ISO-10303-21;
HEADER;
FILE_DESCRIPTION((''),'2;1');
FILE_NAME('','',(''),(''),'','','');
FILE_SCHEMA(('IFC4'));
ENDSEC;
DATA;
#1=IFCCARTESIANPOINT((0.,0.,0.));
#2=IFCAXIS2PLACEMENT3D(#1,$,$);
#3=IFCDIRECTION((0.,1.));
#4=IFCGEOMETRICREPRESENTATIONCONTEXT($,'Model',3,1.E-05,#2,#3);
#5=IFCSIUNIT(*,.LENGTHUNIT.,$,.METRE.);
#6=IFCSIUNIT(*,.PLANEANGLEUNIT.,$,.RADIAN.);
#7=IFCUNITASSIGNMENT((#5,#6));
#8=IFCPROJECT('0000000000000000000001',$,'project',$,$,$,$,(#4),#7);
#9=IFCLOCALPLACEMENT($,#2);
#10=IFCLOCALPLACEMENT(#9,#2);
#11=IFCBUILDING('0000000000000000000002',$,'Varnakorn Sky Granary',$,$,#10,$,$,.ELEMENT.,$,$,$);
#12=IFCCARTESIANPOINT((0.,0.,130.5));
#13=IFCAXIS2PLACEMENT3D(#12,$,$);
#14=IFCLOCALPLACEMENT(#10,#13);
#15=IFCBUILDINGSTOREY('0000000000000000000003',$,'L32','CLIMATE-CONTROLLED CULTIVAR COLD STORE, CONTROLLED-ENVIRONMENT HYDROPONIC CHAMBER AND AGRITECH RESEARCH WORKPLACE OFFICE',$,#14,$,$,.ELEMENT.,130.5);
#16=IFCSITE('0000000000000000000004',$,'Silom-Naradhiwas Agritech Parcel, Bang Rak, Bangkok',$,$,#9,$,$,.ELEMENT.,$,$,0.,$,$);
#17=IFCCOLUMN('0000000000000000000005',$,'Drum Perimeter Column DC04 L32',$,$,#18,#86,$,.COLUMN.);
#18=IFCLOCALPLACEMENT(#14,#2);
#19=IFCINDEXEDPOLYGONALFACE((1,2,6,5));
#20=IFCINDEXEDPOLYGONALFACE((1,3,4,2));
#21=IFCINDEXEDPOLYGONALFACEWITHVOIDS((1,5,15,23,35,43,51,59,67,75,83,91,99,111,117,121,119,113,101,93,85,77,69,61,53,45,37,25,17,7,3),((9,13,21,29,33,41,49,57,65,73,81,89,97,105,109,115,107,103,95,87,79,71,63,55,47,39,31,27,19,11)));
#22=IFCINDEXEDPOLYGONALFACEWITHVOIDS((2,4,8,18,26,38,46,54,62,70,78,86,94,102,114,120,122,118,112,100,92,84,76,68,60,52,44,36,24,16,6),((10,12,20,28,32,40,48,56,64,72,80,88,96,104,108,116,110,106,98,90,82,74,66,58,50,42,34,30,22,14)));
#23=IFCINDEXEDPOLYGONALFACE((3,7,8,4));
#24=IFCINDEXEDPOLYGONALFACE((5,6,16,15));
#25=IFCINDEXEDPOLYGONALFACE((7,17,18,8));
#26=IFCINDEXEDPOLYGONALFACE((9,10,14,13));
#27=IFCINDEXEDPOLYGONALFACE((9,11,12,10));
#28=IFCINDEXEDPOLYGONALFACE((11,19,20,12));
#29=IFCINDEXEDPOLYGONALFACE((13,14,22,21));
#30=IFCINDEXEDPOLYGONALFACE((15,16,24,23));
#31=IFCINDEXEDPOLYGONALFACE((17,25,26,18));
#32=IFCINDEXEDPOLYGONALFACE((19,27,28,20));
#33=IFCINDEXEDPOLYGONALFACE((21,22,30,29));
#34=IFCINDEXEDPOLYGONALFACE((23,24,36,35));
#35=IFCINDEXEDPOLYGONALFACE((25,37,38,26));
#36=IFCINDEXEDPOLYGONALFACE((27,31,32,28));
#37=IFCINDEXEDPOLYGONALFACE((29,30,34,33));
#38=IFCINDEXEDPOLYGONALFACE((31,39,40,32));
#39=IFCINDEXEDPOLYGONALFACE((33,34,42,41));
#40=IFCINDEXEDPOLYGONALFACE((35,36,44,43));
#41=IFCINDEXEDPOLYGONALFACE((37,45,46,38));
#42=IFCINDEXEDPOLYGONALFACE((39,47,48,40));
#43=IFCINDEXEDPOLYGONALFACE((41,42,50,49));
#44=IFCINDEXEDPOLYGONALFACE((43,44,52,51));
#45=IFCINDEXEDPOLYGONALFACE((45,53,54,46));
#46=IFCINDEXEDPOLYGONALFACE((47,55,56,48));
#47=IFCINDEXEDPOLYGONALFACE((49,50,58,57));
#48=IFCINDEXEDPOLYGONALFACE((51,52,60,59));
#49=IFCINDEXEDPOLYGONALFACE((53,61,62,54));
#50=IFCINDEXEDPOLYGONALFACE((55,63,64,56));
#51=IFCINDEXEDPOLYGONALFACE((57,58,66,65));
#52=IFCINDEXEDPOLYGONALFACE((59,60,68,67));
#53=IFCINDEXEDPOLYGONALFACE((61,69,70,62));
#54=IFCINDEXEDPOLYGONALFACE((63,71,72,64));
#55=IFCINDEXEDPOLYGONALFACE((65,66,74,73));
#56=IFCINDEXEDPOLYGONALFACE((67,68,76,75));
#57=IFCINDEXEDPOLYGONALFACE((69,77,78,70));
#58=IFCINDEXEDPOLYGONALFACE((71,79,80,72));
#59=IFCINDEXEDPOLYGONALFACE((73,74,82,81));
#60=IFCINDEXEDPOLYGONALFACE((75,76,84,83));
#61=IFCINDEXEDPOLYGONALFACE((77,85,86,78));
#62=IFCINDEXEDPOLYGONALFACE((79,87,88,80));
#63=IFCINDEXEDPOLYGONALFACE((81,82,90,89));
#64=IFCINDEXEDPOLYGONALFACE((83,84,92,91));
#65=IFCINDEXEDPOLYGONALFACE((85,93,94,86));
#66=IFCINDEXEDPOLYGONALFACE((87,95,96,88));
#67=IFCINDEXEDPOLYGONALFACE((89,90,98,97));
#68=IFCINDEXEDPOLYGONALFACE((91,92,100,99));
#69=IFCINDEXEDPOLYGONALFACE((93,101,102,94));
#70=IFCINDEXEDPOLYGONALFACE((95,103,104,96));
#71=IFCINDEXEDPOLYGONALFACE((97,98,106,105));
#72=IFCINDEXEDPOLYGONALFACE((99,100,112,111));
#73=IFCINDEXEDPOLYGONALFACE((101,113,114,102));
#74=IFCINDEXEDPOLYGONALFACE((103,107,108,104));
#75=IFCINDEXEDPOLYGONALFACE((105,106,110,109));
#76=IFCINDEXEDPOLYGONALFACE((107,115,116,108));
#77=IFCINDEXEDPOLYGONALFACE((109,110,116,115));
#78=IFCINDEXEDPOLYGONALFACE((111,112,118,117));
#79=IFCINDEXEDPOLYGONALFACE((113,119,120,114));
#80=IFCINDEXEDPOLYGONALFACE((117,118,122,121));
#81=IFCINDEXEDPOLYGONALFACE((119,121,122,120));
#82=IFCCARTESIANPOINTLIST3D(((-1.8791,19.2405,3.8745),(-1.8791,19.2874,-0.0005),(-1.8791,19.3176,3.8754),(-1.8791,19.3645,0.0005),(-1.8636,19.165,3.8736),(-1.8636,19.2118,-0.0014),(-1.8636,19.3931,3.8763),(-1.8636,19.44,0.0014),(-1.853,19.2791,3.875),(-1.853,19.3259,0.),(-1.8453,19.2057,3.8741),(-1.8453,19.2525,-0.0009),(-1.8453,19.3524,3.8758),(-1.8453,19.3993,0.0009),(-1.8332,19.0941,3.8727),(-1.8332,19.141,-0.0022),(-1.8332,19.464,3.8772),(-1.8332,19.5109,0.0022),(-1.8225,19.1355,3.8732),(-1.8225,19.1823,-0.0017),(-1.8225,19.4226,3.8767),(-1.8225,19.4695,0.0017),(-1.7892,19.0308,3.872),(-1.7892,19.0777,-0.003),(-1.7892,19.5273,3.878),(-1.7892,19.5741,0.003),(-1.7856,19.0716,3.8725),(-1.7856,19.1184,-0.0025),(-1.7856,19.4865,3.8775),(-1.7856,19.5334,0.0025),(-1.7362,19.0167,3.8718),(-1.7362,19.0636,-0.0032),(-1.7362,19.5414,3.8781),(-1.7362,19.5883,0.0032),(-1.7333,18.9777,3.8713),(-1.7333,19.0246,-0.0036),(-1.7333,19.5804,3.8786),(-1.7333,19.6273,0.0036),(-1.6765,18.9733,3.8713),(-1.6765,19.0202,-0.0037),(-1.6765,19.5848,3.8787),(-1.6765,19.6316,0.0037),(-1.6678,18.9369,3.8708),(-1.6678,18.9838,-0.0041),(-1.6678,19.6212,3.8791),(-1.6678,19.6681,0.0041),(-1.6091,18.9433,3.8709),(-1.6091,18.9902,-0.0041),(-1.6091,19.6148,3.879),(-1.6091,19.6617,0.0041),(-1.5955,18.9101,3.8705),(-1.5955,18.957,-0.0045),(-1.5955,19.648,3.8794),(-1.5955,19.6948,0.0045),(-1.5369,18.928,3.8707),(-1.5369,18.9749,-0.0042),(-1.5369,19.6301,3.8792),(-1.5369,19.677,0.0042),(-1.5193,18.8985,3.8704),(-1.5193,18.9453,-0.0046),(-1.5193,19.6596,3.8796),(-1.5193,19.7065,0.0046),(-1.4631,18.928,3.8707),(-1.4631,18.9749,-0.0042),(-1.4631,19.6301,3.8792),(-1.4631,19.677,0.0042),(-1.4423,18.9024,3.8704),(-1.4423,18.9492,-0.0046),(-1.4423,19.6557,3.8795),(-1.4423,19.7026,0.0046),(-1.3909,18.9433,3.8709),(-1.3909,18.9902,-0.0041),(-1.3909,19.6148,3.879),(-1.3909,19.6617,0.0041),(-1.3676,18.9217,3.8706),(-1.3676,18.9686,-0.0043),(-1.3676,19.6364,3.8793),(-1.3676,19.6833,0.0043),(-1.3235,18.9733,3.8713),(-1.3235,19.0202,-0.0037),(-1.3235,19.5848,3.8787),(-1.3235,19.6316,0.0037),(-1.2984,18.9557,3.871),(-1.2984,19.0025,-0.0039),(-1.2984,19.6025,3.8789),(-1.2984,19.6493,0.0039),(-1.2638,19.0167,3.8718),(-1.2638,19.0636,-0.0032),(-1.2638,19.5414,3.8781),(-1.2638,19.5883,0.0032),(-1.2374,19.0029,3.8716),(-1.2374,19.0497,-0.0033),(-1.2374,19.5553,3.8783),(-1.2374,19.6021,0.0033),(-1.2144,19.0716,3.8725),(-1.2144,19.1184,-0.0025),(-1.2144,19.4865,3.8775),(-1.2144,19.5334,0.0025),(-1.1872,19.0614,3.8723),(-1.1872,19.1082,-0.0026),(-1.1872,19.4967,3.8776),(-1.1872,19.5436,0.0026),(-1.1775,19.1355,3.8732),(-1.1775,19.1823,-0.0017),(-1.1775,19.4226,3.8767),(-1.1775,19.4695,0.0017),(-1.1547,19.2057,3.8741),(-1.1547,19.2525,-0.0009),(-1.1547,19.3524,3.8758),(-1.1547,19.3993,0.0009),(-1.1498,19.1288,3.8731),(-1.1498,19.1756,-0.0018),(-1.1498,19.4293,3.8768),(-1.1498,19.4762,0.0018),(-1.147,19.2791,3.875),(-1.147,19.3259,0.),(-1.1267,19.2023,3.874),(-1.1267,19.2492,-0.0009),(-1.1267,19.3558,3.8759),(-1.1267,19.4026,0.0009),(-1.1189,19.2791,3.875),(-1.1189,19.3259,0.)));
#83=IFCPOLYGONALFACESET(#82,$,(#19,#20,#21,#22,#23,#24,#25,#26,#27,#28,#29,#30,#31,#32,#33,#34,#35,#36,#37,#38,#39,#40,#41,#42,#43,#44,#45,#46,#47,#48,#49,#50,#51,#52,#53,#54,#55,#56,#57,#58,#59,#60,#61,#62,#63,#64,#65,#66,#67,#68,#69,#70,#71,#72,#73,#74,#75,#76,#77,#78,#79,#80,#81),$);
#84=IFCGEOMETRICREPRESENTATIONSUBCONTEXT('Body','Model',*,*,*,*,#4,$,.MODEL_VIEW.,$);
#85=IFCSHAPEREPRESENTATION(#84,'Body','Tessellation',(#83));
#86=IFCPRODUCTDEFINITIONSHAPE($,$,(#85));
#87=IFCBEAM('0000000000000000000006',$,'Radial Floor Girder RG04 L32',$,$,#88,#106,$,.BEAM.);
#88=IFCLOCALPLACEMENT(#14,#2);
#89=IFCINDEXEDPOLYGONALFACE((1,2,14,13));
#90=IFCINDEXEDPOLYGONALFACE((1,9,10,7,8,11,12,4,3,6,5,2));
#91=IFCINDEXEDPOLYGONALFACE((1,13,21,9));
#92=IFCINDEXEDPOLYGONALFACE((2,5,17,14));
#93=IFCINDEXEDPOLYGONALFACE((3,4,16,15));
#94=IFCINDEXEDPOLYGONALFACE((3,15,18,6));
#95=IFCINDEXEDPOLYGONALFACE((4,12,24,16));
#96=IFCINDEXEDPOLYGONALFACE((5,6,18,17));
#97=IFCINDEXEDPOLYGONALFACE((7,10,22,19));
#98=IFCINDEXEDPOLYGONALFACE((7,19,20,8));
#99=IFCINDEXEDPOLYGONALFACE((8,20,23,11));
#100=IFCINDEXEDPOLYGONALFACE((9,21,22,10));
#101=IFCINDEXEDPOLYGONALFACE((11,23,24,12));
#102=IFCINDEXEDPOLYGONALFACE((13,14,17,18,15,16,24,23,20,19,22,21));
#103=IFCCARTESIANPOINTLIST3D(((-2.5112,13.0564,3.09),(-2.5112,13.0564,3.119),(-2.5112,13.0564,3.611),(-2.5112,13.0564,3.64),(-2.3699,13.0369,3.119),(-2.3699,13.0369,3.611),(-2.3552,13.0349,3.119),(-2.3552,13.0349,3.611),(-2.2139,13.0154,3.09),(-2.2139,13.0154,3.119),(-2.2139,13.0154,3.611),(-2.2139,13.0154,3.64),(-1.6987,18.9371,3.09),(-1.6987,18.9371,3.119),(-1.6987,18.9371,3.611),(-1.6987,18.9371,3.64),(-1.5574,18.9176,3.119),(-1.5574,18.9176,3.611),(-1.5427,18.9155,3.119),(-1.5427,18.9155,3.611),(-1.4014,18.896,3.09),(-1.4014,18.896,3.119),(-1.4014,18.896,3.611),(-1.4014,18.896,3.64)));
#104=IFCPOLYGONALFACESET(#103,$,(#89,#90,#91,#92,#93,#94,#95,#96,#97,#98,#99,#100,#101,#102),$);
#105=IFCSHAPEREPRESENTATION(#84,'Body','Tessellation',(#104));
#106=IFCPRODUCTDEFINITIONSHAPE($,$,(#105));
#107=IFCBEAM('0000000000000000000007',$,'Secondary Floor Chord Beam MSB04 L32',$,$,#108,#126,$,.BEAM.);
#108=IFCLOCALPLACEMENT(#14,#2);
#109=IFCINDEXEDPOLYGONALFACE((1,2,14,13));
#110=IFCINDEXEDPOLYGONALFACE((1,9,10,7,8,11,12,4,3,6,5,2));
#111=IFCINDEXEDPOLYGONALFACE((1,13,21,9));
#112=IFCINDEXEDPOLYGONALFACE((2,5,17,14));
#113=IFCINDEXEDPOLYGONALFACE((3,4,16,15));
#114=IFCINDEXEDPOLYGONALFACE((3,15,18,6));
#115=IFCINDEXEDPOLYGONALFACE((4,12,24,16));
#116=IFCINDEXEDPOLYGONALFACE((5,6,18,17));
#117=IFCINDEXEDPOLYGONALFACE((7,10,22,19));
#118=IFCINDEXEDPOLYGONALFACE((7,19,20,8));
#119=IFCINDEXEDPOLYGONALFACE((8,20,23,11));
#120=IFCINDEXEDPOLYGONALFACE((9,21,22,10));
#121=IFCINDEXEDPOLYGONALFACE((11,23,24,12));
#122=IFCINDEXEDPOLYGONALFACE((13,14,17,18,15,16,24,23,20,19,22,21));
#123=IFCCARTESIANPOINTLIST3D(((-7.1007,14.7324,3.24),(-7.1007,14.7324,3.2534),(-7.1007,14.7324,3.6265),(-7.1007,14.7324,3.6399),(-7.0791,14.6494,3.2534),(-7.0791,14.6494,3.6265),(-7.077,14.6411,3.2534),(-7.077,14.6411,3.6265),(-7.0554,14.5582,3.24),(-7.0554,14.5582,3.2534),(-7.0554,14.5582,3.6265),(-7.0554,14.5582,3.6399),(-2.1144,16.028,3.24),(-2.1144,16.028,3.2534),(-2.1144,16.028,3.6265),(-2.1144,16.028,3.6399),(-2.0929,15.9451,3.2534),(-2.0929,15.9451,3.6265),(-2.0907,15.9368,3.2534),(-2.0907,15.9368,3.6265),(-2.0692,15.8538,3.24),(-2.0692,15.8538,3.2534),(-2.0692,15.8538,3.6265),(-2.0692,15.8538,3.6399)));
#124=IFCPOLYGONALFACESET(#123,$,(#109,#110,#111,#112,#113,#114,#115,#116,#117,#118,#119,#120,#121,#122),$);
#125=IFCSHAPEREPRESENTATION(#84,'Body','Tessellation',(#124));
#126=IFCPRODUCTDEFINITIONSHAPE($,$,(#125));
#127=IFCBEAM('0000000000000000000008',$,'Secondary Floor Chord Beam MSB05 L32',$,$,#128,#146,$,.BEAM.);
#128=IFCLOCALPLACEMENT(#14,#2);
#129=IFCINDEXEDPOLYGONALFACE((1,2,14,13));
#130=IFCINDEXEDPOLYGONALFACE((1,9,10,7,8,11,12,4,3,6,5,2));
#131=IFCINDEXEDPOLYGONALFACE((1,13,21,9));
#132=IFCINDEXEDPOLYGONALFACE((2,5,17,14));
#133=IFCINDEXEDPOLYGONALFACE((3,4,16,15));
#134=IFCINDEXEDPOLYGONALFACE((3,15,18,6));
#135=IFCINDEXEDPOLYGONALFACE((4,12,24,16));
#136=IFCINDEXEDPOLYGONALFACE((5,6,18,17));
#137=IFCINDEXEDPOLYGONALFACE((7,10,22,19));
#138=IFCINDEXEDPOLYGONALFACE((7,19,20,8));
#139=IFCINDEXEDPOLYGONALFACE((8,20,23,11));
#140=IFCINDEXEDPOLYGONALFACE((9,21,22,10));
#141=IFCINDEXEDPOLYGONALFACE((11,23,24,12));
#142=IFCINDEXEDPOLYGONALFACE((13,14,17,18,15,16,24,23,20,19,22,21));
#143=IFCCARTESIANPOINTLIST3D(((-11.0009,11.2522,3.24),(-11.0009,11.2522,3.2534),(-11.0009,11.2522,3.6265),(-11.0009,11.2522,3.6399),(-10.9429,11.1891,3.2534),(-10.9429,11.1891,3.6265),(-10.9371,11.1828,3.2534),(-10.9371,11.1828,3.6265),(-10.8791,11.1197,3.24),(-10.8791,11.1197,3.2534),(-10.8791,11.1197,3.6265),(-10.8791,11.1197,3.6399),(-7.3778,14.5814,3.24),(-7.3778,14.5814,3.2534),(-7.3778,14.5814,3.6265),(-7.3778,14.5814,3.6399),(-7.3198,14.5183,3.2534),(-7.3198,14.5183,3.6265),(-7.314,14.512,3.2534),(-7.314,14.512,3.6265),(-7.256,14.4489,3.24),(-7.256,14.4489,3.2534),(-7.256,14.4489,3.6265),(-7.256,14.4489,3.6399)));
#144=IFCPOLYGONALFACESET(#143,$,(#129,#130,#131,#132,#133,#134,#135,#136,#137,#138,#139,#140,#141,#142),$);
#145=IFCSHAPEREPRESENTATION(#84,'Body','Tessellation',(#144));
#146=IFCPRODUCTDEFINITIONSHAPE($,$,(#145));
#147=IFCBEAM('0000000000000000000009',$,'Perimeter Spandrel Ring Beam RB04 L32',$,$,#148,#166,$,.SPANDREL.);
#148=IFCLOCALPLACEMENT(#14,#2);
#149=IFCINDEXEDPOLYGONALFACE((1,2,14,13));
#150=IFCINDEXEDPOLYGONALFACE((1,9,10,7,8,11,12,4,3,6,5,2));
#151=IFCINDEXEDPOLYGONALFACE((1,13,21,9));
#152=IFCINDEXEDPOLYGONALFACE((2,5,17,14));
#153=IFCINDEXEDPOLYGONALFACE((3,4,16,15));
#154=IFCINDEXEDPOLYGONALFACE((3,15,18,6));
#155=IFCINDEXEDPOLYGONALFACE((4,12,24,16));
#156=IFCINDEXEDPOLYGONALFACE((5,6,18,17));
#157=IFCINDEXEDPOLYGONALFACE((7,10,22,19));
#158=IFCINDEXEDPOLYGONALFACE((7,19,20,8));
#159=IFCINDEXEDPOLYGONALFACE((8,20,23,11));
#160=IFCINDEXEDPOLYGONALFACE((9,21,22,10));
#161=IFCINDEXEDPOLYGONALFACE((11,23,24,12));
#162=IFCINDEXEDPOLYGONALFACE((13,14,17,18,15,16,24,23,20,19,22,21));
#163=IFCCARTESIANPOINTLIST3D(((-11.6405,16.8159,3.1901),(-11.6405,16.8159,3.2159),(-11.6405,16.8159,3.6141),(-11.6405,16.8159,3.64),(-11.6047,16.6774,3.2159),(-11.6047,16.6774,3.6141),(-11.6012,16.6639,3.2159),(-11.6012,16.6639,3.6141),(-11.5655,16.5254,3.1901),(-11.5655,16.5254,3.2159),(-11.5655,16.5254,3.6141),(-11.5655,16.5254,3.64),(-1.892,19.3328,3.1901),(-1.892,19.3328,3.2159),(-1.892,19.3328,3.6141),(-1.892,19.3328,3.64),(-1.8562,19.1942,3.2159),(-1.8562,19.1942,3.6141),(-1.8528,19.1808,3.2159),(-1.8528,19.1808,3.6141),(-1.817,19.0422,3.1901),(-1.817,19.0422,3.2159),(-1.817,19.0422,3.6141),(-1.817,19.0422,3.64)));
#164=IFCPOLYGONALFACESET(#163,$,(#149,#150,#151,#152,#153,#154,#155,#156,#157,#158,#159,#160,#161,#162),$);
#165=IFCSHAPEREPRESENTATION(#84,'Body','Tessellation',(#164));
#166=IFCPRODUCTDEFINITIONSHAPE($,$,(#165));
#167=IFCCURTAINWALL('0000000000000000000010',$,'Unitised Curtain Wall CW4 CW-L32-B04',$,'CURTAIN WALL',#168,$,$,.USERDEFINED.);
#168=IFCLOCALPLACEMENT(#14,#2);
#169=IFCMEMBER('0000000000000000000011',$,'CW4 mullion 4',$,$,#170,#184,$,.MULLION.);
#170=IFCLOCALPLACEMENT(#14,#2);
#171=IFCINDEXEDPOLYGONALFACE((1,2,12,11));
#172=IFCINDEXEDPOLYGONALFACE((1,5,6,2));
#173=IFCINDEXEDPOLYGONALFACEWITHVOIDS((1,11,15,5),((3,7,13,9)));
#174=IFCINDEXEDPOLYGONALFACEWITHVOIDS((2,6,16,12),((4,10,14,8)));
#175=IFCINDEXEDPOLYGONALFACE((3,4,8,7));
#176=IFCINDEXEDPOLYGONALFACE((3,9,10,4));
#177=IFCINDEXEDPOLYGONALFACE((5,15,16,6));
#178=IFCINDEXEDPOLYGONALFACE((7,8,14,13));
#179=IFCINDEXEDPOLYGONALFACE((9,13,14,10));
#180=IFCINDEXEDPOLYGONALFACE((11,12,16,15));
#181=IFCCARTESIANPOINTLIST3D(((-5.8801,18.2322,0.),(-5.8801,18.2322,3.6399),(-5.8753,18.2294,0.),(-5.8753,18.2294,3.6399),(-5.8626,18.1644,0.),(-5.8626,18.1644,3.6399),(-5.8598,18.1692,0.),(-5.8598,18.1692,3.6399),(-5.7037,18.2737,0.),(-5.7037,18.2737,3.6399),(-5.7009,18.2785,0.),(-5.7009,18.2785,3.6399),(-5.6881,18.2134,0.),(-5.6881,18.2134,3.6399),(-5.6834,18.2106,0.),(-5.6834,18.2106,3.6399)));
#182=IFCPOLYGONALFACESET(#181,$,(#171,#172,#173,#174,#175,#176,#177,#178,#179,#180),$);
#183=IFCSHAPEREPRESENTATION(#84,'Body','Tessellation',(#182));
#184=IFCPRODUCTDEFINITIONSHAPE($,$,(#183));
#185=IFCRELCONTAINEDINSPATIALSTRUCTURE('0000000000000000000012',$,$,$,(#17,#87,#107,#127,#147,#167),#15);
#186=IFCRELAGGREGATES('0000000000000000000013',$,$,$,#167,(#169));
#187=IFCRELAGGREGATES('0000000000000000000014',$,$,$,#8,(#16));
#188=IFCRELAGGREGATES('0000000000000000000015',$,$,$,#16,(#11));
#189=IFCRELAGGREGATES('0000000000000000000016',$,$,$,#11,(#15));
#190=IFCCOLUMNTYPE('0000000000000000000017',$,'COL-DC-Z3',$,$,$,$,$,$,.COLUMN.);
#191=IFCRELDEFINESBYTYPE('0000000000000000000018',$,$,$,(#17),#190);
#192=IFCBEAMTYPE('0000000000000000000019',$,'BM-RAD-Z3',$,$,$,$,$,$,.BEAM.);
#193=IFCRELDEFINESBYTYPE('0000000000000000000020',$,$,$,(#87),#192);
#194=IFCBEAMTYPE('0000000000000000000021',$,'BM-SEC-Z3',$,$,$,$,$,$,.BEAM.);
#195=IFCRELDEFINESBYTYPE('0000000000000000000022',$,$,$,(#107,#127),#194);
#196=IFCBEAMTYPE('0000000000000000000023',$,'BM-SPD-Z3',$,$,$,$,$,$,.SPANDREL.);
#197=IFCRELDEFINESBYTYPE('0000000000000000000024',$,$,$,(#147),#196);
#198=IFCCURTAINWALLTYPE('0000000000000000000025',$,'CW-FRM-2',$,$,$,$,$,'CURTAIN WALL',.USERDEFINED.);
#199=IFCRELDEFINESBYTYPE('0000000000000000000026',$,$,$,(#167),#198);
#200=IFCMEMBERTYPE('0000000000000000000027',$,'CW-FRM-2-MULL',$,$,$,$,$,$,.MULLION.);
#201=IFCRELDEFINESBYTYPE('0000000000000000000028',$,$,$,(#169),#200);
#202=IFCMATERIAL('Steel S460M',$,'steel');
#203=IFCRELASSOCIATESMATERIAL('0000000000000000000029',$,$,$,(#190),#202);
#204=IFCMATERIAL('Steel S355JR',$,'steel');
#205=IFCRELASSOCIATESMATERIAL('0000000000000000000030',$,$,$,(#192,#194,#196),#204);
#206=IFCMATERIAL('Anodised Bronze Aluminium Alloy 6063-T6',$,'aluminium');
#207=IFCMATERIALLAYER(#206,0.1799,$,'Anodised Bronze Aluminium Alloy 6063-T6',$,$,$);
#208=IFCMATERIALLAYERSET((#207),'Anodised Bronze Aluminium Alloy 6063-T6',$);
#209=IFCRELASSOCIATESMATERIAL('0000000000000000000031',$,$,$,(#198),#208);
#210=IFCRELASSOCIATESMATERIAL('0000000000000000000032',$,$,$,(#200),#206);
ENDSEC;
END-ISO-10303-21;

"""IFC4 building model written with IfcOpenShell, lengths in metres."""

from ifc_helpers import new_model, si_unit, direction, frame, origin, origin_2d, place, context, subcontext, project, spatial, hollow_rectangle, hollow_circle, i_section, extrude, material, layer, layer_set, material_profile, profile_set, type_object, element, aggregate, save


model = new_model("IFC4")

# Units and contexts
model_context = context("Model", 3, precision=1e-05, world=origin(), true_north=direction((0.0, 1.0)))
body_context = subcontext(model_context, "Body", "Model", "MODEL_VIEW")
ifc_project = project(units=[si_unit("LENGTHUNIT", "METRE"), si_unit("PLANEANGLEUNIT", "RADIAN")], contexts=[model_context])

# Site, building, storey
site_placement = place(None, origin())
site = spatial("IfcSite", under=ifc_project, at=site_placement, Name="Silom-Naradhiwas Agritech Parcel, Bang Rak, Bangkok", CompositionType="ELEMENT", RefElevation=0.0)
building_placement = place(site_placement, origin())
building = spatial("IfcBuilding", under=site, at=building_placement, Name="Varnakorn Sky Granary", CompositionType="ELEMENT")
storey_placement = place(building_placement, frame((0.0, 0.0, 130.5)))
storey = spatial("IfcBuildingStorey", under=building, at=storey_placement, Name="L32", Description="CLIMATE-CONTROLLED CULTIVAR COLD STORE, CONTROLLED-ENVIRONMENT HYDROPONIC CHAMBER AND AGRITECH RESEARCH WORKPLACE OFFICE", CompositionType="ELEMENT", Elevation=130.5)

# Column
ifc_material_1 = material(Name="Steel S460M", Category="steel")
ifc_material_profile_1 = material_profile(ifc_material_1, hollow_circle(Radius=0.3811, WallThickness=0.0281, at=origin_2d()), Name="CHS 762x28")
ifc_profile_set_1 = profile_set([ifc_material_profile_1], Name="Steel S460M")
column_type = type_object("IfcColumnType", Name="COL-DC-Z3", PredefinedType="COLUMN", material=ifc_profile_set_1)
column_placement = place(storey_placement, frame((-1.5, 19.3259, 0.0), z_axis=(0.0, -0.012096, 0.999927), x_axis=(1.0, 0.0, 0.0)))
element("IfcColumn", 1, at=column_placement, inside=storey, type_object=column_type, Name="Drum Perimeter Column DC04 L32", PredefinedType="COLUMN", context=body_context, shape_type="SweptSolid", body=[
    extrude(hollow_circle(Radius=0.3811, WallThickness=0.0281, at=origin_2d()), origin(), (0.0, 0.0, 1.0), 3.8752),
])

# Beams
ifc_material_2 = material(Name="Steel S355JR", Category="steel")
ifc_material_profile_2 = material_profile(ifc_material_2, i_section(OverallWidth=0.3, OverallDepth=0.55, WebThickness=0.0149, FlangeThickness=0.0291, at=origin_2d()), Name="HE 550 B")
ifc_profile_set_2 = profile_set([ifc_material_profile_2], Name="Steel S355JR")
beam_type_1 = type_object("IfcBeamType", Name="BM-RAD-Z3", PredefinedType="BEAM", material=ifc_profile_set_2)
beam_1_placement = place(storey_placement, frame((-2.3625, 13.0359, 3.365), z_axis=(0.136866, 0.99059, 0.0), x_axis=(-0.99059, 0.136866, 0.0)))
element("IfcBeam", 2, at=beam_1_placement, inside=storey, type_object=beam_type_1, Name="Radial Floor Girder RG04 L32", PredefinedType="BEAM", context=body_context, shape_type="SweptSolid", body=[
    extrude(i_section(OverallWidth=0.3, OverallDepth=0.55, WebThickness=0.0149, FlangeThickness=0.0291, at=origin_2d()), origin(), (0.0, 0.0, 1.0), 5.9365),
])
ifc_material_profile_3 = material_profile(ifc_material_2, i_section(OverallWidth=0.1799, OverallDepth=0.3999, WebThickness=0.0085, FlangeThickness=0.0134, at=origin_2d()), Name="IPE 400")
ifc_profile_set_3 = profile_set([ifc_material_profile_3], Name="Steel S355JR")
beam_type_2 = type_object("IfcBeamType", Name="BM-SEC-Z3", PredefinedType="BEAM", material=ifc_profile_set_3)
beam_2_placement = place(storey_placement, frame((-2.0918, 15.9409, 3.4399), z_axis=(-0.96786, -0.25149, 0.0), x_axis=(0.25149, -0.96786, 0.0)))
element("IfcBeam", 3, at=beam_2_placement, inside=storey, type_object=beam_type_2, Name="Secondary Floor Chord Beam MSB04 L32", PredefinedType="BEAM", context=body_context, shape_type="SweptSolid", body=[
    extrude(i_section(OverallWidth=0.1799, OverallDepth=0.3999, WebThickness=0.0085, FlangeThickness=0.0134, at=origin_2d()), origin(), (0.0, 0.0, 1.0), 5.1519),
])
beam_3_placement = place(storey_placement, frame((-7.3169, 14.5151, 3.4399), z_axis=(-0.736346, -0.676605, 0.0), x_axis=(0.676605, -0.736346, 0.0)))
element("IfcBeam", 4, at=beam_3_placement, inside=storey, type_object=beam_type_2, Name="Secondary Floor Chord Beam MSB05 L32", PredefinedType="BEAM", context=body_context, shape_type="SweptSolid", body=[
    extrude(i_section(OverallWidth=0.1799, OverallDepth=0.3999, WebThickness=0.0085, FlangeThickness=0.0134, at=origin_2d()), origin(), (0.0, 0.0, 1.0), 4.9204),
])
ifc_material_profile_4 = material_profile(ifc_material_2, i_section(OverallWidth=0.3, OverallDepth=0.45, WebThickness=0.0139, FlangeThickness=0.0259, at=origin_2d()), Name="HE 450 B")
ifc_profile_set_4 = profile_set([ifc_material_profile_4], Name="Steel S355JR")
beam_type_3 = type_object("IfcBeamType", Name="BM-SPD-Z3", PredefinedType="SPANDREL", material=ifc_profile_set_4)
beam_4_placement = place(storey_placement, frame((-1.8545, 19.1875, 3.415), z_axis=(-0.968251, -0.24998, 0.0), x_axis=(0.24998, -0.968251, 0.0)))
element("IfcBeam", 5, at=beam_4_placement, inside=storey, type_object=beam_type_3, Name="Perimeter Spandrel Ring Beam RB04 L32", PredefinedType="SPANDREL", context=body_context, shape_type="SweptSolid", body=[
    extrude(i_section(OverallWidth=0.3, OverallDepth=0.45, WebThickness=0.0139, FlangeThickness=0.0259, at=origin_2d()), origin(), (0.0, 0.0, 1.0), 10.0681),
])

# Curtain wall, member
ifc_material_3 = material(Name="Anodised Bronze Aluminium Alloy 6063-T6", Category="aluminium")
ifc_layer_1 = layer(ifc_material_3, 0.1799, Name="Anodised Bronze Aluminium Alloy 6063-T6")
ifc_layer_set_1 = layer_set([ifc_layer_1], Name="Anodised Bronze Aluminium Alloy 6063-T6")
curtain_wall_type = type_object("IfcCurtainWallType", Name="CW-FRM-2", ElementType="CURTAIN WALL", PredefinedType="USERDEFINED", material=ifc_layer_set_1)
curtain_wall_placement = place(storey_placement, origin())
curtain_wall = element("IfcCurtainWall", 6, at=curtain_wall_placement, inside=storey, type_object=curtain_wall_type, Name="Unitised Curtain Wall CW4 CW-L32-B04", ObjectType="CURTAIN WALL", PredefinedType="USERDEFINED")
ifc_material_profile_5 = material_profile(ifc_material_3, hollow_rectangle(XDim=0.0701, YDim=0.1851, WallThickness=0.0039, at=origin_2d()), Name="ALU MULL 70x185")
ifc_profile_set_5 = profile_set([ifc_material_profile_5], Name="Anodised Bronze Aluminium Alloy 6063-T6")
member_type_1 = type_object("IfcMemberType", Name="CW-FRM-2-MULL", PredefinedType="MULLION", material=ifc_profile_set_5)
member_1_placement = place(storey_placement, frame((-5.7817, 18.2214, 0.0), z_axis=(0.0, 0.0, 1.0), x_axis=(-0.249777, 0.968303, 0.0)))
member_1 = element("IfcMember", 7, at=member_1_placement, type_object=member_type_1, Name="CW4 mullion 4", PredefinedType="MULLION", context=body_context, shape_type="SweptSolid", body=[
    extrude(hollow_rectangle(XDim=0.0701, YDim=0.1851, WallThickness=0.0039, at=origin_2d()), origin(), (0.0, 0.0, 1.0), 3.6399),
])

aggregate(curtain_wall, [member_1])

save(model, "model.ifc")
